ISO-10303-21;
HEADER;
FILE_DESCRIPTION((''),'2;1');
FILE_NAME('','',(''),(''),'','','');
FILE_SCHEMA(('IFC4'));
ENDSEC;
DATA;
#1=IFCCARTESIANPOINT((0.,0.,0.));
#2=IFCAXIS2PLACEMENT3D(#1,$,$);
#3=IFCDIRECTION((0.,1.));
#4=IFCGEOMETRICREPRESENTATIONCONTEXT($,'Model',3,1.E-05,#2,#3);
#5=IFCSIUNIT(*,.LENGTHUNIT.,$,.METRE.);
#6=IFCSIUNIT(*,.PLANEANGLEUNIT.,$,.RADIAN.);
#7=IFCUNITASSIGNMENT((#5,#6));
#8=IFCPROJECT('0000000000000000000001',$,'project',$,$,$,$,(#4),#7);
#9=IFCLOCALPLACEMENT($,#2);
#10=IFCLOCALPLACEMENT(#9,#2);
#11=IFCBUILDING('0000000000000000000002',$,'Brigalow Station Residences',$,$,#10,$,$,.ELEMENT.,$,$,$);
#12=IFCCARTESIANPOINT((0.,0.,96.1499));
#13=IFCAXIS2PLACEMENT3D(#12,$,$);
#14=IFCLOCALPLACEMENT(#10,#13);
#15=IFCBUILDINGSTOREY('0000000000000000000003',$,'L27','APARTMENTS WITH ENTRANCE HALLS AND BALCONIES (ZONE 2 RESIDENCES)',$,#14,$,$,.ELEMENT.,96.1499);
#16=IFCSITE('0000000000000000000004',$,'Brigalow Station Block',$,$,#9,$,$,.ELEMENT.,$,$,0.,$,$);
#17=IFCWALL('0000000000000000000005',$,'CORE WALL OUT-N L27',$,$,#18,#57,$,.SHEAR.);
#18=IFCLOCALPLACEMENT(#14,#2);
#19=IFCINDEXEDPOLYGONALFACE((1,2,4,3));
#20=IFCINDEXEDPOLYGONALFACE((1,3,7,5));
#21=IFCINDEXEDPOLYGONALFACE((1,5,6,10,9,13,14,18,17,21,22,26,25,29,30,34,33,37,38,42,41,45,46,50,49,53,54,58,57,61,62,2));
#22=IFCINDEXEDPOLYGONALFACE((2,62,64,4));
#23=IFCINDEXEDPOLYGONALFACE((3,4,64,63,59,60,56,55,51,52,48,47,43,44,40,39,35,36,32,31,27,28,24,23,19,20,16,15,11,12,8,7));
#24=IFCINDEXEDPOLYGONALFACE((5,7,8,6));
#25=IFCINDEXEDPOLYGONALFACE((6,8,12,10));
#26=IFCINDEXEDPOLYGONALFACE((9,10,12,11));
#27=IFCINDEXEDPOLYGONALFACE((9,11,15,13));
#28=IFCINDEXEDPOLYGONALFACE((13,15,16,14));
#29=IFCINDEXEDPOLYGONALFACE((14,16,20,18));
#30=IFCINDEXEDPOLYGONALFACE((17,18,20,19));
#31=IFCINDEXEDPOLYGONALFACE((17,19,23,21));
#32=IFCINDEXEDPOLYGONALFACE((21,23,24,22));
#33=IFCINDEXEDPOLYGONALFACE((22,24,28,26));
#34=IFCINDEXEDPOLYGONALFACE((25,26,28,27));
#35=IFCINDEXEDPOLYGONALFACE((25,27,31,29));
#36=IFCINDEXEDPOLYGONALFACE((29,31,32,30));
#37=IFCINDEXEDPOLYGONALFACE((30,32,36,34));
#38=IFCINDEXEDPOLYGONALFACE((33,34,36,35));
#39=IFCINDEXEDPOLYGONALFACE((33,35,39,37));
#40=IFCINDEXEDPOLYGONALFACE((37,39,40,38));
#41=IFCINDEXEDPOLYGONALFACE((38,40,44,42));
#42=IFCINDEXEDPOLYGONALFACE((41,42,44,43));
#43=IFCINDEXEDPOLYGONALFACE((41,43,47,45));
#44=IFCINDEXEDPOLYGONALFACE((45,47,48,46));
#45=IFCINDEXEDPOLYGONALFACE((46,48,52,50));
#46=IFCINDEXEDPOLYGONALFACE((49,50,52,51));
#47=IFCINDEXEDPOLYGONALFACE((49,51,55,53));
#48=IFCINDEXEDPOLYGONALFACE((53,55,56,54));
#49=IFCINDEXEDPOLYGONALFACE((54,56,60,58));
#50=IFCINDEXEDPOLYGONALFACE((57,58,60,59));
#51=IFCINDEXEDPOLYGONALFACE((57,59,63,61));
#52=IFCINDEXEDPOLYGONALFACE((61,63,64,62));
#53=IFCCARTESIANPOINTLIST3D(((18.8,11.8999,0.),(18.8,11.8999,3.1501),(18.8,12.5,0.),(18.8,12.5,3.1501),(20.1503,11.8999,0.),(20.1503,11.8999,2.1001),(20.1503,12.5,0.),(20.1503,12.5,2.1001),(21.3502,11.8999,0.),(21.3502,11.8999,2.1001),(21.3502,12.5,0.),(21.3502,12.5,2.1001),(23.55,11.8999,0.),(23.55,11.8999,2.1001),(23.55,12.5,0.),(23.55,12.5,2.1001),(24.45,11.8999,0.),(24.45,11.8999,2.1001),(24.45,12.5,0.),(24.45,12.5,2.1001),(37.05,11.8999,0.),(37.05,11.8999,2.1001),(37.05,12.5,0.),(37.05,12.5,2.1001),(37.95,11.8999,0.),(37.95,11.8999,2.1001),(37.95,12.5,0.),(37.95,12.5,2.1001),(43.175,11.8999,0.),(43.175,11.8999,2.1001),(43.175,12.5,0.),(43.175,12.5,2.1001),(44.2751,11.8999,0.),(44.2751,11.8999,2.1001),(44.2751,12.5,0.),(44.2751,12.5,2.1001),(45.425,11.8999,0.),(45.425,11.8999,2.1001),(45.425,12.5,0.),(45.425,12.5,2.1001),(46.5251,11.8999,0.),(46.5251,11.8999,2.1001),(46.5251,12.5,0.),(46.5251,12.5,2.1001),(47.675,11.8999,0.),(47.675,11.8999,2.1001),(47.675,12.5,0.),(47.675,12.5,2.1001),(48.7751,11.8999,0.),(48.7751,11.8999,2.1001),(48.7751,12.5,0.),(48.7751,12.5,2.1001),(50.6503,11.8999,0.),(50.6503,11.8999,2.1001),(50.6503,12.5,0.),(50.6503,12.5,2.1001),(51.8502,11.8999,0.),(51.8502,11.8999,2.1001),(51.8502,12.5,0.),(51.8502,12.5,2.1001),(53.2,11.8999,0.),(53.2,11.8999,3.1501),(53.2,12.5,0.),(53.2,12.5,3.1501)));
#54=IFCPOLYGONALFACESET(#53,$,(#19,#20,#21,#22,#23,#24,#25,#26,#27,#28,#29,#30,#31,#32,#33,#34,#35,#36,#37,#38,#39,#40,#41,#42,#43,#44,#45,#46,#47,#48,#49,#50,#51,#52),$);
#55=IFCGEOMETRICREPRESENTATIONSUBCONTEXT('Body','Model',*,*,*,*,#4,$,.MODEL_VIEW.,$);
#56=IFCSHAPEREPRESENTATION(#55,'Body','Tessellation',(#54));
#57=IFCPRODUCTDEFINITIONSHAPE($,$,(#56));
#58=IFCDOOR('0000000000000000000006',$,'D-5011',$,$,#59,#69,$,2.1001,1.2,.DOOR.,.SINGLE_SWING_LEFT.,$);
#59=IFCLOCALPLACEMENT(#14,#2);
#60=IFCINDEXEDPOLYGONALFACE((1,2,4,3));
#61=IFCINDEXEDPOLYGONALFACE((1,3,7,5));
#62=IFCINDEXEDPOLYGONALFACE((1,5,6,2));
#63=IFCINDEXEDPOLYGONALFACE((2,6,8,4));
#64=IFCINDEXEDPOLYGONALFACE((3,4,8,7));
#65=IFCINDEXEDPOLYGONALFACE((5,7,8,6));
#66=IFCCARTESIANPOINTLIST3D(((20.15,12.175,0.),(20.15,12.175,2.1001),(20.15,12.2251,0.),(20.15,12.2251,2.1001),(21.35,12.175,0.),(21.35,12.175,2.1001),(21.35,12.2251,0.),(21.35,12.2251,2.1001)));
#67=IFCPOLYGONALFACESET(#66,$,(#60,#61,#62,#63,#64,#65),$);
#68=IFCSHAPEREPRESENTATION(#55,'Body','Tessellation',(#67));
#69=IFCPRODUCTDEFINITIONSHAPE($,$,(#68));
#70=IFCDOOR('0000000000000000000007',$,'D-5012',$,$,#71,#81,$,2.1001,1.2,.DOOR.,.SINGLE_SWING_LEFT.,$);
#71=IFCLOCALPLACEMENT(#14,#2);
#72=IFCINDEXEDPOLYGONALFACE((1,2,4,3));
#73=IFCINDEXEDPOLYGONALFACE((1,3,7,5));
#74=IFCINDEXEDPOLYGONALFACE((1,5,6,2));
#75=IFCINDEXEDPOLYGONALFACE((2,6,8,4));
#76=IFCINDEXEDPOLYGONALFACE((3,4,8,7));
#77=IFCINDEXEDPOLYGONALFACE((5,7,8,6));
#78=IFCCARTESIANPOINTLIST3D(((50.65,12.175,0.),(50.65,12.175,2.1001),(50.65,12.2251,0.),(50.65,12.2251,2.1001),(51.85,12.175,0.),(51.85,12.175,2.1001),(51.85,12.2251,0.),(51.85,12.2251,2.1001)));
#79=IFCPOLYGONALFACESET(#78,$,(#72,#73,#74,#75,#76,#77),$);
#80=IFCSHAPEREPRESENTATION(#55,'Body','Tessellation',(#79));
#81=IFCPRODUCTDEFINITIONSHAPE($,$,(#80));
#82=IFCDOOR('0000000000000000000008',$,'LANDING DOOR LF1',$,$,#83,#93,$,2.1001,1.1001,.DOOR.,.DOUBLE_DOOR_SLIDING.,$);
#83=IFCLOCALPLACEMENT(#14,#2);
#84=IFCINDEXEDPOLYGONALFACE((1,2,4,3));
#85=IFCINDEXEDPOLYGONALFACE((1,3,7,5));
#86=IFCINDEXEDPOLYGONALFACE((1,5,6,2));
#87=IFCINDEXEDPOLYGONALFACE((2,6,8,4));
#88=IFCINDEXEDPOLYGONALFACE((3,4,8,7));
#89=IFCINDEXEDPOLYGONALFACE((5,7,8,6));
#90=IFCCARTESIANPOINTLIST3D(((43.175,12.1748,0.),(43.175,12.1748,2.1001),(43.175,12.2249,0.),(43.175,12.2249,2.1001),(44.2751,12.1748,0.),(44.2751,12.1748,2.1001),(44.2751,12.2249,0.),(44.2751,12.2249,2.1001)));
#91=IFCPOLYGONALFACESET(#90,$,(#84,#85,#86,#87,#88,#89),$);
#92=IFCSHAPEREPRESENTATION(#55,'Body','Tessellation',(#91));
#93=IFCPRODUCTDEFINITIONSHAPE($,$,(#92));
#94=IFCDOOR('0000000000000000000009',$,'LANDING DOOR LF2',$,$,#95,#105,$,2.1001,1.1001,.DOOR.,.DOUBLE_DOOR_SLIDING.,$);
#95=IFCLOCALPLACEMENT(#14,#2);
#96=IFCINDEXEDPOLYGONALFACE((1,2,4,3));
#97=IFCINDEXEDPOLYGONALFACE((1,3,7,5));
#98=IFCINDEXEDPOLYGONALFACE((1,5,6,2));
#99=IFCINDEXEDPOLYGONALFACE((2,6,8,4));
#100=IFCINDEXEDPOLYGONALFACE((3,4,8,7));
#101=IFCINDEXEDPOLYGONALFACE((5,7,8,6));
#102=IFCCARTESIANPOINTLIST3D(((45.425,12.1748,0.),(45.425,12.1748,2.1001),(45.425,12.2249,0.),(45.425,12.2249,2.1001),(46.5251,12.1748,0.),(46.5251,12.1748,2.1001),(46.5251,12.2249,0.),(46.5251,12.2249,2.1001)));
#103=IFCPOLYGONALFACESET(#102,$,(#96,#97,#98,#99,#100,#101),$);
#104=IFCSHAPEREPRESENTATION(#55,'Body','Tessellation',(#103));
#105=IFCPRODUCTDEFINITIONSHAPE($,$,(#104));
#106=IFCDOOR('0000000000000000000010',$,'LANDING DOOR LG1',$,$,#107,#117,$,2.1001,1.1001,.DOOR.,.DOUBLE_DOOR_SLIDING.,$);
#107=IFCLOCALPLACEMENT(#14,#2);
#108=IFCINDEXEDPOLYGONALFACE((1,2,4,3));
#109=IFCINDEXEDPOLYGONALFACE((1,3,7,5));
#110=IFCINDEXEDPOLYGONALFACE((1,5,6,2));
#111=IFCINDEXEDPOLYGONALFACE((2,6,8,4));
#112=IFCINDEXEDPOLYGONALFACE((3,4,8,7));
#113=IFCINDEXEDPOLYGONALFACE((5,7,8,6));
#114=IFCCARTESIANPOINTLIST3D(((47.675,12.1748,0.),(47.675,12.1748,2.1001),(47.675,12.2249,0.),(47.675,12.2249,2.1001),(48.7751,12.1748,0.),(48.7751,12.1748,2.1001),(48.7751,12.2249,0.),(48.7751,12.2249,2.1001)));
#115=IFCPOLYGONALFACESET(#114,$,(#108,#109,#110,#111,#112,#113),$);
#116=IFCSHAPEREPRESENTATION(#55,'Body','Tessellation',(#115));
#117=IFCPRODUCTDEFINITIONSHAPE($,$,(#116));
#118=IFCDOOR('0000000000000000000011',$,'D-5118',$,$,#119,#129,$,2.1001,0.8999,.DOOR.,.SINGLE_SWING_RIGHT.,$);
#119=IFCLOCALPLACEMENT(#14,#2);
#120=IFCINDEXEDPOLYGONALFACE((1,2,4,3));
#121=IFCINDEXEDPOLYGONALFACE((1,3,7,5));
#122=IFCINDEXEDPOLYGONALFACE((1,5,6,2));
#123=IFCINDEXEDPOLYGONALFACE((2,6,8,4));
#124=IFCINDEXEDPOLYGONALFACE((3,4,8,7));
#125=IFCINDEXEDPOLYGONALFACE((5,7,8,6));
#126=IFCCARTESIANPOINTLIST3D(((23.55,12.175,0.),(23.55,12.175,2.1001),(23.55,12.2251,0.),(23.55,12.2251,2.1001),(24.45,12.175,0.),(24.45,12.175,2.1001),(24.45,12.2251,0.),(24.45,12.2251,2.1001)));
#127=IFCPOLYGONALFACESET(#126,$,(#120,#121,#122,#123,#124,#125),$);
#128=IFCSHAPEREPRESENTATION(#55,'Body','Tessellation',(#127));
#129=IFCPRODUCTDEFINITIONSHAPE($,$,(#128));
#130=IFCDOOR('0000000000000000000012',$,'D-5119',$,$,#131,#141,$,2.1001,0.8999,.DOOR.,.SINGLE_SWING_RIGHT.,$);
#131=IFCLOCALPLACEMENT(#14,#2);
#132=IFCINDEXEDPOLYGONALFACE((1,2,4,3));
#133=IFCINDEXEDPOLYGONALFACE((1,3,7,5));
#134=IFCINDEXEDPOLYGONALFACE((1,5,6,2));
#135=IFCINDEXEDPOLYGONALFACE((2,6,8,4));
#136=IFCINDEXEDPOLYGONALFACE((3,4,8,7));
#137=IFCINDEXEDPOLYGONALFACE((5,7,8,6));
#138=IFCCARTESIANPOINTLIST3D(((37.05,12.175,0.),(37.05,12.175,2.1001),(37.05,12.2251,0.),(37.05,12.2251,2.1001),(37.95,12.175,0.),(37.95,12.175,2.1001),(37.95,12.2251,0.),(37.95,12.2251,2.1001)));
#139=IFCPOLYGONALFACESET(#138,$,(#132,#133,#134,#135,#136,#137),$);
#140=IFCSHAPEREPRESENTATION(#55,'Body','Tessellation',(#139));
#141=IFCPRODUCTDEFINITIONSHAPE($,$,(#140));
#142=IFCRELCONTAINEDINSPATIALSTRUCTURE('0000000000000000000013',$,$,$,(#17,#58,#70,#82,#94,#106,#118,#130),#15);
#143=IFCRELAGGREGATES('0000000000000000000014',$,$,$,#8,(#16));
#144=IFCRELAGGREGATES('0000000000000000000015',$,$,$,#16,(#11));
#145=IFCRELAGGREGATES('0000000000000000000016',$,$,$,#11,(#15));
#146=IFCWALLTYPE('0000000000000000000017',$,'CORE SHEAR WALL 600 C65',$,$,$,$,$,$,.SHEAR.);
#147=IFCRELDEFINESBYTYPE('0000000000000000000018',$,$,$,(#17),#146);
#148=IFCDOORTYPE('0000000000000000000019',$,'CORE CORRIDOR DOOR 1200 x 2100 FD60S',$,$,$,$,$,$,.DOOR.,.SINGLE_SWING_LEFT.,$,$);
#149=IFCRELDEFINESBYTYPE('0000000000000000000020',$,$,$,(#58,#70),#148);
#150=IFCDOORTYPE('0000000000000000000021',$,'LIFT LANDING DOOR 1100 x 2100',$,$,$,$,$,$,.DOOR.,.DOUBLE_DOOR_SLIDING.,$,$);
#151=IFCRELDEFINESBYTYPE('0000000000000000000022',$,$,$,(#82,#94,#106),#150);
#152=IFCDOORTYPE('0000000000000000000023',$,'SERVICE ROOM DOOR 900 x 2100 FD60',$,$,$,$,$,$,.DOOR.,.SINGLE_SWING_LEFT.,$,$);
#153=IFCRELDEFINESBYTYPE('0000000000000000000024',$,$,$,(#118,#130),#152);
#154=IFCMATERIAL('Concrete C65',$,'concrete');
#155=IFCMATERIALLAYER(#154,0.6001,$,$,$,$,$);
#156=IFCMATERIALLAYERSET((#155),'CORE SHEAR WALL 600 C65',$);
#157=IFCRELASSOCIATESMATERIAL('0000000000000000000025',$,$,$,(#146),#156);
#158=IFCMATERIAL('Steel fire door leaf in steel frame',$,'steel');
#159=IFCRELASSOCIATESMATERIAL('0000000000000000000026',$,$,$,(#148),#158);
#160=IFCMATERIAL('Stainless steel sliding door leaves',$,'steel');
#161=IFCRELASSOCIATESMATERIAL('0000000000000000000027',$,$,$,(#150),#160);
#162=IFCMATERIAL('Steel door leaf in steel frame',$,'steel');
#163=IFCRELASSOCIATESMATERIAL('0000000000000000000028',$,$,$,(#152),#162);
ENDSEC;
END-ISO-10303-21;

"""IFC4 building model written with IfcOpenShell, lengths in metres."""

from ifc_helpers import new_model, si_unit, direction, frame, frame_2d, origin, place, context, subcontext, project, spatial, rectangle, extrude, material, layer, layer_set, type_object, element, fill, save


model = new_model("IFC4")

# Units and contexts
model_context = context("Model", 3, precision=1e-05, world=origin(), true_north=direction((0.0, 1.0)))
body_context = subcontext(model_context, "Body", "Model", "MODEL_VIEW")
ifc_project = project(units=[si_unit("LENGTHUNIT", "METRE"), si_unit("PLANEANGLEUNIT", "RADIAN")], contexts=[model_context])

# Site, building, storey
site_placement = place(None, origin())
site = spatial("IfcSite", under=ifc_project, at=site_placement, Name="Brigalow Station Block", CompositionType="ELEMENT", RefElevation=0.0)
building_placement = place(site_placement, origin())
building = spatial("IfcBuilding", under=site, at=building_placement, Name="Brigalow Station Residences", CompositionType="ELEMENT")
storey_placement = place(building_placement, frame((0.0, 0.0, 96.1499)))
storey = spatial("IfcBuildingStorey", under=building, at=storey_placement, Name="L27", Description="APARTMENTS WITH ENTRANCE HALLS AND BALCONIES (ZONE 2 RESIDENCES)", CompositionType="ELEMENT", Elevation=96.1499)

# Wall, openings, doors
ifc_material_1 = material(Name="Concrete C65", Category="concrete")
ifc_layer_1 = layer(ifc_material_1, 0.6001)
ifc_layer_set_1 = layer_set([ifc_layer_1], Name="CORE SHEAR WALL 600 C65")
wall_type_1 = type_object("IfcWallType", Name="CORE SHEAR WALL 600 C65", PredefinedType="SHEAR", material=ifc_layer_set_1)
wall_1_placement = place(storey_placement, frame((18.8, 12.2, 0.0), z_axis=(0.0, 0.0, 1.0), x_axis=(1.0, 0.0, 0.0)))
wall_1 = element("IfcWall", 1, at=wall_1_placement, inside=storey, type_object=wall_type_1, Name="CORE WALL OUT-N L27", PredefinedType="SHEAR", context=body_context, shape_type="SweptSolid", body=[
    extrude(rectangle(XDim=34.3999, YDim=0.6001, at=frame_2d((17.2, 0.0))), origin(), (0.0, 0.0, 1.0), 3.1501),
])
opening_1_placement = place(wall_1_placement, frame((24.375, 0.0, 0.0)))
opening_1 = element("IfcOpeningElement", 2, at=opening_1_placement, cuts=wall_1, PredefinedType="OPENING", context=body_context, shape_type="SweptSolid", body=[
    extrude(rectangle(XDim=1.1001, YDim=2.1001, at=frame_2d((0.55, 1.05))), frame((0.0, 0.3101, 0.0), z_axis=(0.0, -1.0, 0.0), x_axis=(1.0, 0.0, 0.0)), (0.0, 0.0, 1.0), 0.6201),
])
opening_2_placement = place(wall_1_placement, frame((26.625, 0.0, 0.0)))
opening_2 = element("IfcOpeningElement", 3, at=opening_2_placement, cuts=wall_1, PredefinedType="OPENING", context=body_context, shape_type="SweptSolid", body=[
    extrude(rectangle(XDim=1.1001, YDim=2.1001, at=frame_2d((0.55, 1.05))), frame((0.0, 0.3101, 0.0), z_axis=(0.0, -1.0, 0.0), x_axis=(1.0, 0.0, 0.0)), (0.0, 0.0, 1.0), 0.6201),
])
opening_3_placement = place(wall_1_placement, frame((28.875, 0.0, 0.0)))
opening_3 = element("IfcOpeningElement", 4, at=opening_3_placement, cuts=wall_1, PredefinedType="OPENING", context=body_context, shape_type="SweptSolid", body=[
    extrude(rectangle(XDim=1.1001, YDim=2.1001, at=frame_2d((0.55, 1.05))), frame((0.0, 0.3101, 0.0), z_axis=(0.0, -1.0, 0.0), x_axis=(1.0, 0.0, 0.0)), (0.0, 0.0, 1.0), 0.6201),
])
opening_4_placement = place(wall_1_placement, frame((4.75, 0.0, 0.0)))
opening_4 = element("IfcOpeningElement", 5, at=opening_4_placement, cuts=wall_1, PredefinedType="OPENING", context=body_context, shape_type="SweptSolid", body=[
    extrude(rectangle(XDim=0.8999, YDim=2.1001, at=frame_2d((0.45, 1.05))), frame((0.0, 0.3101, 0.0), z_axis=(0.0, -1.0, 0.0), x_axis=(1.0, 0.0, 0.0)), (0.0, 0.0, 1.0), 0.6201),
])
opening_5_placement = place(wall_1_placement, frame((18.25, 0.0, 0.0)))
opening_5 = element("IfcOpeningElement", 6, at=opening_5_placement, cuts=wall_1, PredefinedType="OPENING", context=body_context, shape_type="SweptSolid", body=[
    extrude(rectangle(XDim=0.8999, YDim=2.1001, at=frame_2d((0.45, 1.05))), frame((0.0, 0.3101, 0.0), z_axis=(0.0, -1.0, 0.0), x_axis=(1.0, 0.0, 0.0)), (0.0, 0.0, 1.0), 0.6201),
])
opening_6_placement = place(wall_1_placement, frame((1.3501, 0.0, 0.0)))
opening_6 = element("IfcOpeningElement", 7, at=opening_6_placement, cuts=wall_1, PredefinedType="OPENING", context=body_context, shape_type="SweptSolid", body=[
    extrude(rectangle(XDim=1.2, YDim=2.1001, at=frame_2d((0.6001, 1.05))), frame((0.0, 0.3101, 0.0), z_axis=(0.0, -1.0, 0.0), x_axis=(1.0, 0.0, 0.0)), (0.0, 0.0, 1.0), 0.6201),
])
opening_7_placement = place(wall_1_placement, frame((31.8501, 0.0, 0.0)))
opening_7 = element("IfcOpeningElement", 8, at=opening_7_placement, cuts=wall_1, PredefinedType="OPENING", context=body_context, shape_type="SweptSolid", body=[
    extrude(rectangle(XDim=1.2, YDim=2.1001, at=frame_2d((0.6001, 1.05))), frame((0.0, 0.3101, 0.0), z_axis=(0.0, -1.0, 0.0), x_axis=(1.0, 0.0, 0.0)), (0.0, 0.0, 1.0), 0.6201),
])
ifc_material_2 = material(Name="Steel fire door leaf in steel frame", Category="steel")
door_type_1 = type_object("IfcDoorType", Name="CORE CORRIDOR DOOR 1200 x 2100 FD60S", OperationType="SINGLE_SWING_LEFT", PredefinedType="DOOR", material=ifc_material_2)
door_1_placement = place(opening_6_placement, frame((1.2, 0.0, 0.0), z_axis=(0.0, 0.0, 1.0), x_axis=(-1.0, 0.0, 0.0)))
door_1 = element("IfcDoor", 9, at=door_1_placement, inside=storey, type_object=door_type_1, Name="D-5011", OperationType="SINGLE_SWING_LEFT", OverallHeight=2.1001, OverallWidth=1.2, PredefinedType="DOOR", context=body_context, shape_type="SweptSolid", body=[
    extrude(rectangle(XDim=1.2, YDim=2.1001, at=frame_2d((0.6001, 1.05))), frame((0.0, 0.0249, 0.0), z_axis=(0.0, -1.0, 0.0), x_axis=(1.0, 0.0, 0.0)), (0.0, 0.0, 1.0), 0.05),
])
fill(opening_6, door_1)
door_2_placement = place(opening_7_placement, frame((1.2, 0.0, 0.0), z_axis=(0.0, 0.0, 1.0), x_axis=(-1.0, 0.0, 0.0)))
door_2 = element("IfcDoor", 10, at=door_2_placement, inside=storey, type_object=door_type_1, Name="D-5012", OperationType="SINGLE_SWING_LEFT", OverallHeight=2.1001, OverallWidth=1.2, PredefinedType="DOOR", context=body_context, shape_type="SweptSolid", body=[
    extrude(rectangle(XDim=1.2, YDim=2.1001, at=frame_2d((0.6001, 1.05))), frame((0.0, 0.0249, 0.0), z_axis=(0.0, -1.0, 0.0), x_axis=(1.0, 0.0, 0.0)), (0.0, 0.0, 1.0), 0.05),
])
fill(opening_7, door_2)
ifc_material_3 = material(Name="Stainless steel sliding door leaves", Category="steel")
door_type_2 = type_object("IfcDoorType", Name="LIFT LANDING DOOR 1100 x 2100", OperationType="DOUBLE_DOOR_SLIDING", PredefinedType="DOOR", material=ifc_material_3)
door_3_placement = place(opening_1_placement, origin())
door_3 = element("IfcDoor", 11, at=door_3_placement, inside=storey, type_object=door_type_2, Name="LANDING DOOR LF1", OperationType="DOUBLE_DOOR_SLIDING", OverallHeight=2.1001, OverallWidth=1.1001, PredefinedType="DOOR", context=body_context, shape_type="SweptSolid", body=[
    extrude(rectangle(XDim=1.1001, YDim=2.1001, at=frame_2d((0.55, 1.05))), frame((0.0, 0.0249, 0.0), z_axis=(0.0, -1.0, 0.0), x_axis=(1.0, 0.0, 0.0)), (0.0, 0.0, 1.0), 0.05),
])
fill(opening_1, door_3)
door_4_placement = place(opening_2_placement, origin())
door_4 = element("IfcDoor", 12, at=door_4_placement, inside=storey, type_object=door_type_2, Name="LANDING DOOR LF2", OperationType="DOUBLE_DOOR_SLIDING", OverallHeight=2.1001, OverallWidth=1.1001, PredefinedType="DOOR", context=body_context, shape_type="SweptSolid", body=[
    extrude(rectangle(XDim=1.1001, YDim=2.1001, at=frame_2d((0.55, 1.05))), frame((0.0, 0.0249, 0.0), z_axis=(0.0, -1.0, 0.0), x_axis=(1.0, 0.0, 0.0)), (0.0, 0.0, 1.0), 0.05),
])
fill(opening_2, door_4)
door_5_placement = place(opening_3_placement, origin())
door_5 = element("IfcDoor", 13, at=door_5_placement, inside=storey, type_object=door_type_2, Name="LANDING DOOR LG1", OperationType="DOUBLE_DOOR_SLIDING", OverallHeight=2.1001, OverallWidth=1.1001, PredefinedType="DOOR", context=body_context, shape_type="SweptSolid", body=[
    extrude(rectangle(XDim=1.1001, YDim=2.1001, at=frame_2d((0.55, 1.05))), frame((0.0, 0.0249, 0.0), z_axis=(0.0, -1.0, 0.0), x_axis=(1.0, 0.0, 0.0)), (0.0, 0.0, 1.0), 0.05),
])
fill(opening_3, door_5)
ifc_material_4 = material(Name="Steel door leaf in steel frame", Category="steel")
door_type_3 = type_object("IfcDoorType", Name="SERVICE ROOM DOOR 900 x 2100 FD60", OperationType="SINGLE_SWING_LEFT", PredefinedType="DOOR", material=ifc_material_4)
door_6_placement = place(opening_4_placement, frame((0.8999, 0.0, 0.0), z_axis=(0.0, 0.0, 1.0), x_axis=(-1.0, 0.0, 0.0)))
door_6 = element("IfcDoor", 14, at=door_6_placement, inside=storey, type_object=door_type_3, Name="D-5118", OperationType="SINGLE_SWING_RIGHT", OverallHeight=2.1001, OverallWidth=0.8999, PredefinedType="DOOR", context=body_context, shape_type="SweptSolid", body=[
    extrude(rectangle(XDim=0.8999, YDim=2.1001, at=frame_2d((0.45, 1.05))), frame((0.0, 0.0249, 0.0), z_axis=(0.0, -1.0, 0.0), x_axis=(1.0, 0.0, 0.0)), (0.0, 0.0, 1.0), 0.05),
])
fill(opening_4, door_6)
door_7_placement = place(opening_5_placement, frame((0.8999, 0.0, 0.0), z_axis=(0.0, 0.0, 1.0), x_axis=(-1.0, 0.0, 0.0)))
door_7 = element("IfcDoor", 15, at=door_7_placement, inside=storey, type_object=door_type_3, Name="D-5119", OperationType="SINGLE_SWING_RIGHT", OverallHeight=2.1001, OverallWidth=0.8999, PredefinedType="DOOR", context=body_context, shape_type="SweptSolid", body=[
    extrude(rectangle(XDim=0.8999, YDim=2.1001, at=frame_2d((0.45, 1.05))), frame((0.0, 0.0249, 0.0), z_axis=(0.0, -1.0, 0.0), x_axis=(1.0, 0.0, 0.0)), (0.0, 0.0, 1.0), 0.05),
])
fill(opening_5, door_7)

save(model, "model.ifc")
